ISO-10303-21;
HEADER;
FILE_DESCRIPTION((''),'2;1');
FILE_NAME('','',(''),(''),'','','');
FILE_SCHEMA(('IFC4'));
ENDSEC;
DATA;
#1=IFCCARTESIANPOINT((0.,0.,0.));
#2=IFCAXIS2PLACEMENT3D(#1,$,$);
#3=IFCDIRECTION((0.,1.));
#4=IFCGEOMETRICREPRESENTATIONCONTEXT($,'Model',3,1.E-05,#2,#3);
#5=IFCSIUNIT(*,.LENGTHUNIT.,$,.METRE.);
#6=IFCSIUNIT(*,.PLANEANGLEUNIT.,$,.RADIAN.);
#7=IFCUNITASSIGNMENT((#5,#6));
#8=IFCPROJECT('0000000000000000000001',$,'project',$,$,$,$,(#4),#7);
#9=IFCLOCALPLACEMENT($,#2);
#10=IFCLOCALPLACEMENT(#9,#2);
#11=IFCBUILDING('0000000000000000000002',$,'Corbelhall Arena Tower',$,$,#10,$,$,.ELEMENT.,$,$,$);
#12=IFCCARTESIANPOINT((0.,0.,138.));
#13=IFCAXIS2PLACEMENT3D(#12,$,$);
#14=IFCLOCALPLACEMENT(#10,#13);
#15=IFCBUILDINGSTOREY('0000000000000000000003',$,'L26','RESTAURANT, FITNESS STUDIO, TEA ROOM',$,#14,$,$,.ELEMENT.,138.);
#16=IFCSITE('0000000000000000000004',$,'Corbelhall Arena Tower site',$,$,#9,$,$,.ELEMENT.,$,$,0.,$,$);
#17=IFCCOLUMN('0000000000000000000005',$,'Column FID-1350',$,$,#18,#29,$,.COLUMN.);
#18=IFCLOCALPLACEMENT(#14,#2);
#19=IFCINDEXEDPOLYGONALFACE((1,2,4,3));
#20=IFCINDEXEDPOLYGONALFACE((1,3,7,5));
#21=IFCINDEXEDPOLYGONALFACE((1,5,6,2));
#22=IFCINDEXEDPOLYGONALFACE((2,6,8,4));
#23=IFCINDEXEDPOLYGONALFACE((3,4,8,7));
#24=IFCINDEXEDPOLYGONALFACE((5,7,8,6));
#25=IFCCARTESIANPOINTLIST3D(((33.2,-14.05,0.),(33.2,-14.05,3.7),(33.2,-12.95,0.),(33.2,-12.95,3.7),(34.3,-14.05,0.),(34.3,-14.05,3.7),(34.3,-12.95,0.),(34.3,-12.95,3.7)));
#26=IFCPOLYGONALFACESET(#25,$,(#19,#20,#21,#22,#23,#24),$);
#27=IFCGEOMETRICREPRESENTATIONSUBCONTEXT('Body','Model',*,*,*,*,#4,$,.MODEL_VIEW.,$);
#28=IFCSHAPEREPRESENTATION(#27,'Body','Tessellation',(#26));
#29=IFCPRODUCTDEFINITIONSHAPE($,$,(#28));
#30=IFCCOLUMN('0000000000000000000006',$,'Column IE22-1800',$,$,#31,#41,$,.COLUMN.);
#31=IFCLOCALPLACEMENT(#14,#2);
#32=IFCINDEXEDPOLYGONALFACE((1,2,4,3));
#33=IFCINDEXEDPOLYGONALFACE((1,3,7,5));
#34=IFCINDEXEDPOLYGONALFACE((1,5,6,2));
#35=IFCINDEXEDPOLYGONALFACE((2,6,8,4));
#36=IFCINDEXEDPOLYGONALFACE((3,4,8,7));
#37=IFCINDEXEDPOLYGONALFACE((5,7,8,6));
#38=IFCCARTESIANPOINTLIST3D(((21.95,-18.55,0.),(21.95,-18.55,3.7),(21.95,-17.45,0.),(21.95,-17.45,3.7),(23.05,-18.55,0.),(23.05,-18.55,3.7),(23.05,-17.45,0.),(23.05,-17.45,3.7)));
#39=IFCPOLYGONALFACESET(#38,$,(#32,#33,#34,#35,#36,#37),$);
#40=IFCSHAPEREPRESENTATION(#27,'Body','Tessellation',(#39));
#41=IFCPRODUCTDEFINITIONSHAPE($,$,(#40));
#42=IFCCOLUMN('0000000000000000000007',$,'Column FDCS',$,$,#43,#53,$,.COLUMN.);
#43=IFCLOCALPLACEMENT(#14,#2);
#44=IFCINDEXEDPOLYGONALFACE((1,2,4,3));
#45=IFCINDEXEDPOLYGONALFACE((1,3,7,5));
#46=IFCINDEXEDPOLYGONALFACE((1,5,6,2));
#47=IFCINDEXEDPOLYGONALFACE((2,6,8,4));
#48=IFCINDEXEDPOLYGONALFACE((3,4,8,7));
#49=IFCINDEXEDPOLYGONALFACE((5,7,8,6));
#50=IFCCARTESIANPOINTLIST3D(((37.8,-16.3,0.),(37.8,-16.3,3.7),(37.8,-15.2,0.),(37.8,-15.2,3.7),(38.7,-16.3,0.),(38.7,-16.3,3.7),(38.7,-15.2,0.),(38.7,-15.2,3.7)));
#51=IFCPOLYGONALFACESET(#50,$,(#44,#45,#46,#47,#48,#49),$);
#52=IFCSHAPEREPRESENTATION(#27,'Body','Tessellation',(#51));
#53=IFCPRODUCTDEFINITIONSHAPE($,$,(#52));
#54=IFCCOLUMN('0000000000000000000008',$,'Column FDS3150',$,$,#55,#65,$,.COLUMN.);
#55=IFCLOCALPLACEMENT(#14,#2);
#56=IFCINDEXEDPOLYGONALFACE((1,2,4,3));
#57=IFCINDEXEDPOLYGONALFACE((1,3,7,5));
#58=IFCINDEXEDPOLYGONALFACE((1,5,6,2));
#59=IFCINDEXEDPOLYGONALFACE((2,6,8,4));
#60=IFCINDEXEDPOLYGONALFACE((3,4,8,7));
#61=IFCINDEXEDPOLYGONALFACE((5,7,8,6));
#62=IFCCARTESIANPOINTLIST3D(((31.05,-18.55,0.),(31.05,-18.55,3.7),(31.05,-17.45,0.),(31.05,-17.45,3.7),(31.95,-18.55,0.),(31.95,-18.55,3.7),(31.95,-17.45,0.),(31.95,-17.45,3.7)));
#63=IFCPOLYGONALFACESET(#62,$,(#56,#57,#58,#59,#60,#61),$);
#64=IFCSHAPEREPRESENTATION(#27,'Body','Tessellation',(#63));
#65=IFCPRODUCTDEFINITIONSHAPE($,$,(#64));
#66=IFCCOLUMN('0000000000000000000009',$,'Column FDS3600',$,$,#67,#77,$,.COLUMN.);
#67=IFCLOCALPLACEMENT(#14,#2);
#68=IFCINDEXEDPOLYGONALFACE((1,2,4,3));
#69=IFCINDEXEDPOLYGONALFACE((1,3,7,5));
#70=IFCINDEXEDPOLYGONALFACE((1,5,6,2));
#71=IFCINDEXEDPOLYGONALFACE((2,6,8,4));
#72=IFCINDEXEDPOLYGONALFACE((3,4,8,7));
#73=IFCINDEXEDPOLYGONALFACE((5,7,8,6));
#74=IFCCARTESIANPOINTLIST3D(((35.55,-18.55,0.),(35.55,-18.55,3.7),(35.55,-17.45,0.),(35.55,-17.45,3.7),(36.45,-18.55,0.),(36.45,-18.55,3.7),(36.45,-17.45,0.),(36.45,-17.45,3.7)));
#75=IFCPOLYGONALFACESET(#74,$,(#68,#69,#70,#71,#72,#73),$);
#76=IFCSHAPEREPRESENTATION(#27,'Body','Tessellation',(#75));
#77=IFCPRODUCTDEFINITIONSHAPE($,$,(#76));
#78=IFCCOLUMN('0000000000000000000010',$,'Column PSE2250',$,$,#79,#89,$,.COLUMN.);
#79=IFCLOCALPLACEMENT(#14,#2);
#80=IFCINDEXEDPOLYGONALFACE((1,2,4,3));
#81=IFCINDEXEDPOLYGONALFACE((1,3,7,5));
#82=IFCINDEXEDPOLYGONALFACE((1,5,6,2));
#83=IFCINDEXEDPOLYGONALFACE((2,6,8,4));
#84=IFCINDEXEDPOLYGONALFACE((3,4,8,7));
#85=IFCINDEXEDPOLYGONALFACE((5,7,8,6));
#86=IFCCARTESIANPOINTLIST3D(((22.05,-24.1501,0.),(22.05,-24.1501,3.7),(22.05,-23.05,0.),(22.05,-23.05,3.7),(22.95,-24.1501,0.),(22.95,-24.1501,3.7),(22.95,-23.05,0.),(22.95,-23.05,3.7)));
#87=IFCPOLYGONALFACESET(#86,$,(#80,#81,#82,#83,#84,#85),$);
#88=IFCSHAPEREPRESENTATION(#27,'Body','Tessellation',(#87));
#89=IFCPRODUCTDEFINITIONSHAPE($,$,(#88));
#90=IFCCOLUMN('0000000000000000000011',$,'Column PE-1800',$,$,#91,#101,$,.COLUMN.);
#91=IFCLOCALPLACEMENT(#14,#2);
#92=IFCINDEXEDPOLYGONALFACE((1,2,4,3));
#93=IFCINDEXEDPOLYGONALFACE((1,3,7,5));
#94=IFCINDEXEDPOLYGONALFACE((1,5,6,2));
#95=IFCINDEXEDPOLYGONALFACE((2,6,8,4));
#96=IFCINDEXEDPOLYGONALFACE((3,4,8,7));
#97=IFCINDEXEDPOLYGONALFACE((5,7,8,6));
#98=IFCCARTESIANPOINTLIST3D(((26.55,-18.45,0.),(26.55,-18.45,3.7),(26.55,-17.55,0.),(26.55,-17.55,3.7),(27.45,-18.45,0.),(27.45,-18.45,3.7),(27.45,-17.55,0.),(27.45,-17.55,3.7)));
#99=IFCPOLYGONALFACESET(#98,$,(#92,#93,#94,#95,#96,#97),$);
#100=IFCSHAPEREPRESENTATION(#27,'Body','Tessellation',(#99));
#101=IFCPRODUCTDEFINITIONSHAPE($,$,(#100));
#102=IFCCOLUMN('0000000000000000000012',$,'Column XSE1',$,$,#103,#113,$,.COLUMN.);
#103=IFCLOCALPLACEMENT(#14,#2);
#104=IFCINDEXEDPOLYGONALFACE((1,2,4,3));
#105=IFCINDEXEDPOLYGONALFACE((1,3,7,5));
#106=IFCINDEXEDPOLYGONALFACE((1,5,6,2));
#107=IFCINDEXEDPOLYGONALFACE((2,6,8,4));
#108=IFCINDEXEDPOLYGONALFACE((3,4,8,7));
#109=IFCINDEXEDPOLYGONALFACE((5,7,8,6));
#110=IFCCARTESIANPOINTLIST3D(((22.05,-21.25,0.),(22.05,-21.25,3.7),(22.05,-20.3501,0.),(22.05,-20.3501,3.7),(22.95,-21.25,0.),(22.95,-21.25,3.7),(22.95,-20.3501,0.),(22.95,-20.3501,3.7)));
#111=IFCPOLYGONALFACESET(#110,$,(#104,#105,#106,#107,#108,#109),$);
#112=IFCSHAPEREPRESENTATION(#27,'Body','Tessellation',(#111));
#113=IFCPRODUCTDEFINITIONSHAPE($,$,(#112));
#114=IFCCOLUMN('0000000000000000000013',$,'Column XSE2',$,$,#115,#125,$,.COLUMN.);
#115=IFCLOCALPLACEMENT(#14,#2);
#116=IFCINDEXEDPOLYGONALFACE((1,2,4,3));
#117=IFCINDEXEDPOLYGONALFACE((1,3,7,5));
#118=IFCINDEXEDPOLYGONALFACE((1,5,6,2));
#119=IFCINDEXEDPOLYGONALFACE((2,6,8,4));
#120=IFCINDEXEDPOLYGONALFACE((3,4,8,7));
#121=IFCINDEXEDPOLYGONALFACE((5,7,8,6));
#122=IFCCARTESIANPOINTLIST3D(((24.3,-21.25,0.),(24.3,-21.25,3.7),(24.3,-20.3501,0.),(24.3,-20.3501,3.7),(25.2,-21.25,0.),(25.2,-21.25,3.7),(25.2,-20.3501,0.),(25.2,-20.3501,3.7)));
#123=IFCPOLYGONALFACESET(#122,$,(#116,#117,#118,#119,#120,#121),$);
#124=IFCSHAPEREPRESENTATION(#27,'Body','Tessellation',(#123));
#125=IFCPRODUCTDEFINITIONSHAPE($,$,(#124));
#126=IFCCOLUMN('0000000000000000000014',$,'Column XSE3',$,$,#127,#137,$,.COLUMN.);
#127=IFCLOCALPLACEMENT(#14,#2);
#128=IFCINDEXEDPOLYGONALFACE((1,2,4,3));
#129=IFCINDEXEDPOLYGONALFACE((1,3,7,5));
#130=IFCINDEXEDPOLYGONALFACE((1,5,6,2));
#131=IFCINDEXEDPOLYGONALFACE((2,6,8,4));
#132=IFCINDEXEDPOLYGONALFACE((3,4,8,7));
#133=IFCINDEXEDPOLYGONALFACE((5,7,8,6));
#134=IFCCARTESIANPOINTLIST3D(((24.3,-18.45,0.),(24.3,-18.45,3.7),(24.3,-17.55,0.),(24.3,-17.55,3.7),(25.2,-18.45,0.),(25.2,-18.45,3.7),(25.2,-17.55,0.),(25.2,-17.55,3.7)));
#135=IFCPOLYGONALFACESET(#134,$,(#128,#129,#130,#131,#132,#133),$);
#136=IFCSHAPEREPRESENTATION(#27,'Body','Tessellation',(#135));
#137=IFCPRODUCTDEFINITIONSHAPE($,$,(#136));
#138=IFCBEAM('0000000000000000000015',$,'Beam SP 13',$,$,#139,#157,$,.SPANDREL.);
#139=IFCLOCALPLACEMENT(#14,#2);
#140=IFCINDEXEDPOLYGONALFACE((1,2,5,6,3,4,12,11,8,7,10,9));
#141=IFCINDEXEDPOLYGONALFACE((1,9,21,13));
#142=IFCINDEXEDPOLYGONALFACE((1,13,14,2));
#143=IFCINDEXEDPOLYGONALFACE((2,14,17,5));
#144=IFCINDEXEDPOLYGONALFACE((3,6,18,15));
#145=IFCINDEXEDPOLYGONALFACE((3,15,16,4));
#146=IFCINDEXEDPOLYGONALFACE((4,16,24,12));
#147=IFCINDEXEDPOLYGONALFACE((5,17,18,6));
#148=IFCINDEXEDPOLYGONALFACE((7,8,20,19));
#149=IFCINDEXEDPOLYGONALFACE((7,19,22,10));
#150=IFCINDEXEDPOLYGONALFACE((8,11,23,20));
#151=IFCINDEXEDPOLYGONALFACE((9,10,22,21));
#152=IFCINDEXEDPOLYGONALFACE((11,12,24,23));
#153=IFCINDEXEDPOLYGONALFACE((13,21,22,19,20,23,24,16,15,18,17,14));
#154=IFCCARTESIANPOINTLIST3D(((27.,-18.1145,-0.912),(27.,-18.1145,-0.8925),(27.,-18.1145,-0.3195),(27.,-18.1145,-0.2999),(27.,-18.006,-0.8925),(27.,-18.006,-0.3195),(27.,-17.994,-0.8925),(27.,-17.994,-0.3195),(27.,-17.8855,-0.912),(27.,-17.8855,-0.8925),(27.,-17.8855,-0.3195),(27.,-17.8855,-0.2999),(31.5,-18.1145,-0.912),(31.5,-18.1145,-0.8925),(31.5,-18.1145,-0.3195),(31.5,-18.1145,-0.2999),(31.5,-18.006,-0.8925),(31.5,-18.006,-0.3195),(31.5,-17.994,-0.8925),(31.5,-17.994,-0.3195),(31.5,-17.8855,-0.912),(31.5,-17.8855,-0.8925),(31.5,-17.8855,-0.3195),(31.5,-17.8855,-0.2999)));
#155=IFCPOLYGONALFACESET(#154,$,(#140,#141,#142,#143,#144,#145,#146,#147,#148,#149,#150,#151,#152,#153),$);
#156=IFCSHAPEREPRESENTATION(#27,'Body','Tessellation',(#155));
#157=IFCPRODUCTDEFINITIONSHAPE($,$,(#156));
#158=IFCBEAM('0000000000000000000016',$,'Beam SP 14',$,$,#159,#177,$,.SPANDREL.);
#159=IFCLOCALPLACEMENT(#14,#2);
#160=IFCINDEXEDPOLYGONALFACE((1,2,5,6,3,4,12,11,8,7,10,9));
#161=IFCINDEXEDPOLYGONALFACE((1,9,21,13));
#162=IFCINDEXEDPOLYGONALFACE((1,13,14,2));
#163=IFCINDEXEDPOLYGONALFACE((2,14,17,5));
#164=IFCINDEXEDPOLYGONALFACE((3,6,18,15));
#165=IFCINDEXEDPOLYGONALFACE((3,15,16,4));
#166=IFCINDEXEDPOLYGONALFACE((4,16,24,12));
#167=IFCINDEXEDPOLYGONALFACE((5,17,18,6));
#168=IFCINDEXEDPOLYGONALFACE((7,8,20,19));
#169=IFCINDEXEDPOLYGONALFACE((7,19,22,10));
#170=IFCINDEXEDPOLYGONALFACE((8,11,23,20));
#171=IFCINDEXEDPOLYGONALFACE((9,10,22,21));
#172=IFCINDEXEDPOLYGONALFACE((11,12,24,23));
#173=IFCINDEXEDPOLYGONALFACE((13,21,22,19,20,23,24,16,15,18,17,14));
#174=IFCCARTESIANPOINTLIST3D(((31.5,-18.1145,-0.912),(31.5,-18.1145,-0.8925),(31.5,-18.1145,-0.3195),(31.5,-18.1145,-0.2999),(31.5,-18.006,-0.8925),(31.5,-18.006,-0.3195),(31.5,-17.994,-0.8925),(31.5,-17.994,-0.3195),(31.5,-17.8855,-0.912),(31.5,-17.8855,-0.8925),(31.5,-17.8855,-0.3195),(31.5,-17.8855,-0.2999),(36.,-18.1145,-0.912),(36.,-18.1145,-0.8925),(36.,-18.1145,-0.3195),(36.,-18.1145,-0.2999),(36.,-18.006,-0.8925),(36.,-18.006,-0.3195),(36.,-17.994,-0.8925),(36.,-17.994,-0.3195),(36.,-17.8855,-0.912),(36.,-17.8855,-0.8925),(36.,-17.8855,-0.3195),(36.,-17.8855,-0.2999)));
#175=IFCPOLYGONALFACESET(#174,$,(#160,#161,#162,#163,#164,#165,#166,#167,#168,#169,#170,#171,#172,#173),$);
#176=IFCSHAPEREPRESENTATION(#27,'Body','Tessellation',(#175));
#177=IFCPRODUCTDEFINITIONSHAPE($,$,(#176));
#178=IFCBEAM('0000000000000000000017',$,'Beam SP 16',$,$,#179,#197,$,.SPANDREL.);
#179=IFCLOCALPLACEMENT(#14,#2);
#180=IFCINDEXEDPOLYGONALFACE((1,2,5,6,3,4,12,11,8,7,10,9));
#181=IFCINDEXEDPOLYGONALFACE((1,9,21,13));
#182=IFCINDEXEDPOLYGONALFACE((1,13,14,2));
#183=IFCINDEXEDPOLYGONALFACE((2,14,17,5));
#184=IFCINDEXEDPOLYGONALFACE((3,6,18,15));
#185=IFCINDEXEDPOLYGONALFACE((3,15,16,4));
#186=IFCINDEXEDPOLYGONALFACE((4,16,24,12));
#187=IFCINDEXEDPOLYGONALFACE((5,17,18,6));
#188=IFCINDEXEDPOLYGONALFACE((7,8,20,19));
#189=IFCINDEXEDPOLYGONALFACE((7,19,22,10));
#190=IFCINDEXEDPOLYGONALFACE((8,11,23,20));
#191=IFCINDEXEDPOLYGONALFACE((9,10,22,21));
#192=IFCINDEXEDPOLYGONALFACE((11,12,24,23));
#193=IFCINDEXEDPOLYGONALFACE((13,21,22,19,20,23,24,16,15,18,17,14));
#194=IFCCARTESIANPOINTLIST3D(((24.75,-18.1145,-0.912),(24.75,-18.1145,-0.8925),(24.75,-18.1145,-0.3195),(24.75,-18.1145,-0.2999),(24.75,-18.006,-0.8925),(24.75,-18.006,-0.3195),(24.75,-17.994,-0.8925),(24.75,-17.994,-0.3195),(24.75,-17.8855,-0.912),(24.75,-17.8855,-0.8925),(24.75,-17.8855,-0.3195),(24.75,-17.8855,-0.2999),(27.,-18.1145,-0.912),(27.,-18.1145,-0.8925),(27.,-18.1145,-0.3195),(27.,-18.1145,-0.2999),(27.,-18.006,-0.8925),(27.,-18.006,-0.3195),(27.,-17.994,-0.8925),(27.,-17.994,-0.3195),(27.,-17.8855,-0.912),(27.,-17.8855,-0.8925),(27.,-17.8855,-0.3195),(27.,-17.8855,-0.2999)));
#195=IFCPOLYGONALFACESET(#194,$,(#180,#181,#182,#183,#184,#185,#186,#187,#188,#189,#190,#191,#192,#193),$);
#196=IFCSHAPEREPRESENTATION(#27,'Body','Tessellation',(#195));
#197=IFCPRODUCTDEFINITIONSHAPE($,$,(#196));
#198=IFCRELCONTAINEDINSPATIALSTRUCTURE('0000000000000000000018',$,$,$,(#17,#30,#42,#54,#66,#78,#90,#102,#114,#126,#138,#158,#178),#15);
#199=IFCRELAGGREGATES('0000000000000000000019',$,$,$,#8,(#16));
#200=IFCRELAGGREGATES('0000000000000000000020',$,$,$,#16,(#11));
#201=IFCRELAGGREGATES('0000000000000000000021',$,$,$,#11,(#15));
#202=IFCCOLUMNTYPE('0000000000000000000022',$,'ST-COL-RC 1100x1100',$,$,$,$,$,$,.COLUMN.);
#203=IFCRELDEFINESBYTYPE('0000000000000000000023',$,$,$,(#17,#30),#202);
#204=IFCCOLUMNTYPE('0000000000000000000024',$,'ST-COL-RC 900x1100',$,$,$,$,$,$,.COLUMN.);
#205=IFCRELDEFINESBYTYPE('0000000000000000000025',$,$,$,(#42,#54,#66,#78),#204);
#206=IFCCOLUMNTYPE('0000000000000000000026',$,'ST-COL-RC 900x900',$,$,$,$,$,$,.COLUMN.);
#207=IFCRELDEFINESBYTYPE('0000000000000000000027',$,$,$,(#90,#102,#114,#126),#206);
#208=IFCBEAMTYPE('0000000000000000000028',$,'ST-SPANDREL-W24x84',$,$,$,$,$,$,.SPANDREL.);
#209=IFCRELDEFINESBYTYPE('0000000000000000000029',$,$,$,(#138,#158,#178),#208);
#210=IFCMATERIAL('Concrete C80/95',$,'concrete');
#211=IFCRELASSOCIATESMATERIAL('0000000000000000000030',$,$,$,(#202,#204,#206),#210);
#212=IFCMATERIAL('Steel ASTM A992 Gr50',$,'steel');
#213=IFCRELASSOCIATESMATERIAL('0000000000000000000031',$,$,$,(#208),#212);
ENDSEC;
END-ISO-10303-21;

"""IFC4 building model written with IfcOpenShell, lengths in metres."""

from ifc_helpers import new_model, si_unit, direction, frame, origin, origin_2d, place, context, subcontext, project, spatial, rectangle, i_section, extrude, material, material_profile, profile_set, type_object, element, save


model = new_model("IFC4")

# Units and contexts
model_context = context("Model", 3, precision=1e-05, world=origin(), true_north=direction((0.0, 1.0)))
body_context = subcontext(model_context, "Body", "Model", "MODEL_VIEW")
ifc_project = project(units=[si_unit("LENGTHUNIT", "METRE"), si_unit("PLANEANGLEUNIT", "RADIAN")], contexts=[model_context])

# Site, building, storey
site_placement = place(None, origin())
site = spatial("IfcSite", under=ifc_project, at=site_placement, Name="Corbelhall Arena Tower site", CompositionType="ELEMENT", RefElevation=0.0)
building_placement = place(site_placement, origin())
building = spatial("IfcBuilding", under=site, at=building_placement, Name="Corbelhall Arena Tower", CompositionType="ELEMENT")
storey_placement = place(building_placement, frame((0.0, 0.0, 138.0)))
storey = spatial("IfcBuildingStorey", under=building, at=storey_placement, Name="L26", Description="RESTAURANT, FITNESS STUDIO, TEA ROOM", CompositionType="ELEMENT", Elevation=138.0)

# Columns
ifc_material_1 = material(Name="Concrete C80/95", Category="concrete")
ifc_material_profile_1 = material_profile(ifc_material_1, rectangle(XDim=1.1001, YDim=1.1001, at=origin_2d()))
ifc_profile_set_1 = profile_set([ifc_material_profile_1], Name="Concrete C80/95")
column_type_1 = type_object("IfcColumnType", Name="ST-COL-RC 1100x1100", PredefinedType="COLUMN", material=ifc_profile_set_1)
for number, where, z_axis, x_axis, name in (
    (1, (33.75, -13.5, 0.0), (0.0, 0.0, 1.0), (1.0, 0.0, 0.0), "Column FID-1350"),
    (2, (22.5, -18.0, 0.0), (0.0, 0.0, 1.0), (1.0, 0.0, 0.0), "Column IE22-1800"),
):
    element("IfcColumn", number, at=place(storey_placement, frame(where, z_axis=z_axis, x_axis=x_axis)), inside=storey, type_object=column_type_1, Name=name, PredefinedType="COLUMN", context=body_context, shape_type="SweptSolid", body=[
        extrude(rectangle(XDim=1.1001, YDim=1.1001, at=origin_2d()), origin(), (0.0, 0.0, 1.0), 3.7),
    ])
ifc_material_profile_2 = material_profile(ifc_material_1, rectangle(XDim=0.8999, YDim=1.1001, at=origin_2d()))
ifc_profile_set_2 = profile_set([ifc_material_profile_2], Name="Concrete C80/95")
column_type_2 = type_object("IfcColumnType", Name="ST-COL-RC 900x1100", PredefinedType="COLUMN", material=ifc_profile_set_2)
for number, where, z_axis, x_axis, name in (
    (3, (38.25, -15.75, 0.0), (0.0, 0.0, 1.0), (1.0, 0.0, 0.0), "Column FDCS"),
    (4, (31.5, -18.0, 0.0), (0.0, 0.0, 1.0), (1.0, 0.0, 0.0), "Column FDS3150"),
    (5, (36.0, -18.0, 0.0), (0.0, 0.0, 1.0), (1.0, 0.0, 0.0), "Column FDS3600"),
    (6, (22.5, -23.6001, 0.0), (0.0, 0.0, 1.0), (1.0, 0.0, 0.0), "Column PSE2250"),
):
    element("IfcColumn", number, at=place(storey_placement, frame(where, z_axis=z_axis, x_axis=x_axis)), inside=storey, type_object=column_type_2, Name=name, PredefinedType="COLUMN", context=body_context, shape_type="SweptSolid", body=[
        extrude(rectangle(XDim=0.8999, YDim=1.1001, at=origin_2d()), origin(), (0.0, 0.0, 1.0), 3.7),
    ])
ifc_material_profile_3 = material_profile(ifc_material_1, rectangle(XDim=0.8999, YDim=0.8999, at=origin_2d()))
ifc_profile_set_3 = profile_set([ifc_material_profile_3], Name="Concrete C80/95")
column_type_3 = type_object("IfcColumnType", Name="ST-COL-RC 900x900", PredefinedType="COLUMN", material=ifc_profile_set_3)
for number, where, z_axis, x_axis, name in (
    (7, (27.0, -18.0, 0.0), (0.0, 0.0, 1.0), (1.0, 0.0, 0.0), "Column PE-1800"),
    (8, (22.5, -20.8, 0.0), (0.0, 0.0, 1.0), (1.0, 0.0, 0.0), "Column XSE1"),
    (9, (24.75, -20.8, 0.0), (0.0, 0.0, 1.0), (1.0, 0.0, 0.0), "Column XSE2"),
    (10, (24.75, -18.0, 0.0), (0.0, 0.0, 1.0), (1.0, 0.0, 0.0), "Column XSE3"),
):
    element("IfcColumn", number, at=place(storey_placement, frame(where, z_axis=z_axis, x_axis=x_axis)), inside=storey, type_object=column_type_3, Name=name, PredefinedType="COLUMN", context=body_context, shape_type="SweptSolid", body=[
        extrude(rectangle(XDim=0.8999, YDim=0.8999, at=origin_2d()), origin(), (0.0, 0.0, 1.0), 3.7),
    ])

# Beams
ifc_material_2 = material(Name="Steel ASTM A992 Gr50", Category="steel")
ifc_material_profile_4 = material_profile(ifc_material_2, i_section(OverallWidth=0.229, OverallDepth=0.6121, WebThickness=0.012, FlangeThickness=0.0195, at=origin_2d()))
ifc_profile_set_4 = profile_set([ifc_material_profile_4], Name="Steel ASTM A992 Gr50")
beam_type = type_object("IfcBeamType", Name="ST-SPANDREL-W24x84", PredefinedType="SPANDREL", material=ifc_profile_set_4)
for number, where, z_axis, x_axis, name in (
    (11, (31.5, -18.0, -0.606), (-1.0, 0.0, 0.0), (0.0, -1.0, 0.0), "Beam SP 13"),
    (12, (36.0, -18.0, -0.606), (-1.0, 0.0, 0.0), (0.0, -1.0, 0.0), "Beam SP 14"),
):
    element("IfcBeam", number, at=place(storey_placement, frame(where, z_axis=z_axis, x_axis=x_axis)), inside=storey, type_object=beam_type, Name=name, PredefinedType="SPANDREL", context=body_context, shape_type="SweptSolid", body=[
        extrude(i_section(OverallWidth=0.229, OverallDepth=0.6121, WebThickness=0.012, FlangeThickness=0.0195, at=origin_2d()), origin(), (0.0, 0.0, 1.0), 4.5),
    ])
beam_1_placement = place(storey_placement, frame((27.0, -18.0, -0.606), z_axis=(-1.0, 0.0, 0.0), x_axis=(0.0, -1.0, 0.0)))
element("IfcBeam", 13, at=beam_1_placement, inside=storey, type_object=beam_type, Name="Beam SP 16", PredefinedType="SPANDREL", context=body_context, shape_type="SweptSolid", body=[
    extrude(i_section(OverallWidth=0.229, OverallDepth=0.6121, WebThickness=0.012, FlangeThickness=0.0195, at=origin_2d()), origin(), (0.0, 0.0, 1.0), 2.25),
])

save(model, "model.ifc")
